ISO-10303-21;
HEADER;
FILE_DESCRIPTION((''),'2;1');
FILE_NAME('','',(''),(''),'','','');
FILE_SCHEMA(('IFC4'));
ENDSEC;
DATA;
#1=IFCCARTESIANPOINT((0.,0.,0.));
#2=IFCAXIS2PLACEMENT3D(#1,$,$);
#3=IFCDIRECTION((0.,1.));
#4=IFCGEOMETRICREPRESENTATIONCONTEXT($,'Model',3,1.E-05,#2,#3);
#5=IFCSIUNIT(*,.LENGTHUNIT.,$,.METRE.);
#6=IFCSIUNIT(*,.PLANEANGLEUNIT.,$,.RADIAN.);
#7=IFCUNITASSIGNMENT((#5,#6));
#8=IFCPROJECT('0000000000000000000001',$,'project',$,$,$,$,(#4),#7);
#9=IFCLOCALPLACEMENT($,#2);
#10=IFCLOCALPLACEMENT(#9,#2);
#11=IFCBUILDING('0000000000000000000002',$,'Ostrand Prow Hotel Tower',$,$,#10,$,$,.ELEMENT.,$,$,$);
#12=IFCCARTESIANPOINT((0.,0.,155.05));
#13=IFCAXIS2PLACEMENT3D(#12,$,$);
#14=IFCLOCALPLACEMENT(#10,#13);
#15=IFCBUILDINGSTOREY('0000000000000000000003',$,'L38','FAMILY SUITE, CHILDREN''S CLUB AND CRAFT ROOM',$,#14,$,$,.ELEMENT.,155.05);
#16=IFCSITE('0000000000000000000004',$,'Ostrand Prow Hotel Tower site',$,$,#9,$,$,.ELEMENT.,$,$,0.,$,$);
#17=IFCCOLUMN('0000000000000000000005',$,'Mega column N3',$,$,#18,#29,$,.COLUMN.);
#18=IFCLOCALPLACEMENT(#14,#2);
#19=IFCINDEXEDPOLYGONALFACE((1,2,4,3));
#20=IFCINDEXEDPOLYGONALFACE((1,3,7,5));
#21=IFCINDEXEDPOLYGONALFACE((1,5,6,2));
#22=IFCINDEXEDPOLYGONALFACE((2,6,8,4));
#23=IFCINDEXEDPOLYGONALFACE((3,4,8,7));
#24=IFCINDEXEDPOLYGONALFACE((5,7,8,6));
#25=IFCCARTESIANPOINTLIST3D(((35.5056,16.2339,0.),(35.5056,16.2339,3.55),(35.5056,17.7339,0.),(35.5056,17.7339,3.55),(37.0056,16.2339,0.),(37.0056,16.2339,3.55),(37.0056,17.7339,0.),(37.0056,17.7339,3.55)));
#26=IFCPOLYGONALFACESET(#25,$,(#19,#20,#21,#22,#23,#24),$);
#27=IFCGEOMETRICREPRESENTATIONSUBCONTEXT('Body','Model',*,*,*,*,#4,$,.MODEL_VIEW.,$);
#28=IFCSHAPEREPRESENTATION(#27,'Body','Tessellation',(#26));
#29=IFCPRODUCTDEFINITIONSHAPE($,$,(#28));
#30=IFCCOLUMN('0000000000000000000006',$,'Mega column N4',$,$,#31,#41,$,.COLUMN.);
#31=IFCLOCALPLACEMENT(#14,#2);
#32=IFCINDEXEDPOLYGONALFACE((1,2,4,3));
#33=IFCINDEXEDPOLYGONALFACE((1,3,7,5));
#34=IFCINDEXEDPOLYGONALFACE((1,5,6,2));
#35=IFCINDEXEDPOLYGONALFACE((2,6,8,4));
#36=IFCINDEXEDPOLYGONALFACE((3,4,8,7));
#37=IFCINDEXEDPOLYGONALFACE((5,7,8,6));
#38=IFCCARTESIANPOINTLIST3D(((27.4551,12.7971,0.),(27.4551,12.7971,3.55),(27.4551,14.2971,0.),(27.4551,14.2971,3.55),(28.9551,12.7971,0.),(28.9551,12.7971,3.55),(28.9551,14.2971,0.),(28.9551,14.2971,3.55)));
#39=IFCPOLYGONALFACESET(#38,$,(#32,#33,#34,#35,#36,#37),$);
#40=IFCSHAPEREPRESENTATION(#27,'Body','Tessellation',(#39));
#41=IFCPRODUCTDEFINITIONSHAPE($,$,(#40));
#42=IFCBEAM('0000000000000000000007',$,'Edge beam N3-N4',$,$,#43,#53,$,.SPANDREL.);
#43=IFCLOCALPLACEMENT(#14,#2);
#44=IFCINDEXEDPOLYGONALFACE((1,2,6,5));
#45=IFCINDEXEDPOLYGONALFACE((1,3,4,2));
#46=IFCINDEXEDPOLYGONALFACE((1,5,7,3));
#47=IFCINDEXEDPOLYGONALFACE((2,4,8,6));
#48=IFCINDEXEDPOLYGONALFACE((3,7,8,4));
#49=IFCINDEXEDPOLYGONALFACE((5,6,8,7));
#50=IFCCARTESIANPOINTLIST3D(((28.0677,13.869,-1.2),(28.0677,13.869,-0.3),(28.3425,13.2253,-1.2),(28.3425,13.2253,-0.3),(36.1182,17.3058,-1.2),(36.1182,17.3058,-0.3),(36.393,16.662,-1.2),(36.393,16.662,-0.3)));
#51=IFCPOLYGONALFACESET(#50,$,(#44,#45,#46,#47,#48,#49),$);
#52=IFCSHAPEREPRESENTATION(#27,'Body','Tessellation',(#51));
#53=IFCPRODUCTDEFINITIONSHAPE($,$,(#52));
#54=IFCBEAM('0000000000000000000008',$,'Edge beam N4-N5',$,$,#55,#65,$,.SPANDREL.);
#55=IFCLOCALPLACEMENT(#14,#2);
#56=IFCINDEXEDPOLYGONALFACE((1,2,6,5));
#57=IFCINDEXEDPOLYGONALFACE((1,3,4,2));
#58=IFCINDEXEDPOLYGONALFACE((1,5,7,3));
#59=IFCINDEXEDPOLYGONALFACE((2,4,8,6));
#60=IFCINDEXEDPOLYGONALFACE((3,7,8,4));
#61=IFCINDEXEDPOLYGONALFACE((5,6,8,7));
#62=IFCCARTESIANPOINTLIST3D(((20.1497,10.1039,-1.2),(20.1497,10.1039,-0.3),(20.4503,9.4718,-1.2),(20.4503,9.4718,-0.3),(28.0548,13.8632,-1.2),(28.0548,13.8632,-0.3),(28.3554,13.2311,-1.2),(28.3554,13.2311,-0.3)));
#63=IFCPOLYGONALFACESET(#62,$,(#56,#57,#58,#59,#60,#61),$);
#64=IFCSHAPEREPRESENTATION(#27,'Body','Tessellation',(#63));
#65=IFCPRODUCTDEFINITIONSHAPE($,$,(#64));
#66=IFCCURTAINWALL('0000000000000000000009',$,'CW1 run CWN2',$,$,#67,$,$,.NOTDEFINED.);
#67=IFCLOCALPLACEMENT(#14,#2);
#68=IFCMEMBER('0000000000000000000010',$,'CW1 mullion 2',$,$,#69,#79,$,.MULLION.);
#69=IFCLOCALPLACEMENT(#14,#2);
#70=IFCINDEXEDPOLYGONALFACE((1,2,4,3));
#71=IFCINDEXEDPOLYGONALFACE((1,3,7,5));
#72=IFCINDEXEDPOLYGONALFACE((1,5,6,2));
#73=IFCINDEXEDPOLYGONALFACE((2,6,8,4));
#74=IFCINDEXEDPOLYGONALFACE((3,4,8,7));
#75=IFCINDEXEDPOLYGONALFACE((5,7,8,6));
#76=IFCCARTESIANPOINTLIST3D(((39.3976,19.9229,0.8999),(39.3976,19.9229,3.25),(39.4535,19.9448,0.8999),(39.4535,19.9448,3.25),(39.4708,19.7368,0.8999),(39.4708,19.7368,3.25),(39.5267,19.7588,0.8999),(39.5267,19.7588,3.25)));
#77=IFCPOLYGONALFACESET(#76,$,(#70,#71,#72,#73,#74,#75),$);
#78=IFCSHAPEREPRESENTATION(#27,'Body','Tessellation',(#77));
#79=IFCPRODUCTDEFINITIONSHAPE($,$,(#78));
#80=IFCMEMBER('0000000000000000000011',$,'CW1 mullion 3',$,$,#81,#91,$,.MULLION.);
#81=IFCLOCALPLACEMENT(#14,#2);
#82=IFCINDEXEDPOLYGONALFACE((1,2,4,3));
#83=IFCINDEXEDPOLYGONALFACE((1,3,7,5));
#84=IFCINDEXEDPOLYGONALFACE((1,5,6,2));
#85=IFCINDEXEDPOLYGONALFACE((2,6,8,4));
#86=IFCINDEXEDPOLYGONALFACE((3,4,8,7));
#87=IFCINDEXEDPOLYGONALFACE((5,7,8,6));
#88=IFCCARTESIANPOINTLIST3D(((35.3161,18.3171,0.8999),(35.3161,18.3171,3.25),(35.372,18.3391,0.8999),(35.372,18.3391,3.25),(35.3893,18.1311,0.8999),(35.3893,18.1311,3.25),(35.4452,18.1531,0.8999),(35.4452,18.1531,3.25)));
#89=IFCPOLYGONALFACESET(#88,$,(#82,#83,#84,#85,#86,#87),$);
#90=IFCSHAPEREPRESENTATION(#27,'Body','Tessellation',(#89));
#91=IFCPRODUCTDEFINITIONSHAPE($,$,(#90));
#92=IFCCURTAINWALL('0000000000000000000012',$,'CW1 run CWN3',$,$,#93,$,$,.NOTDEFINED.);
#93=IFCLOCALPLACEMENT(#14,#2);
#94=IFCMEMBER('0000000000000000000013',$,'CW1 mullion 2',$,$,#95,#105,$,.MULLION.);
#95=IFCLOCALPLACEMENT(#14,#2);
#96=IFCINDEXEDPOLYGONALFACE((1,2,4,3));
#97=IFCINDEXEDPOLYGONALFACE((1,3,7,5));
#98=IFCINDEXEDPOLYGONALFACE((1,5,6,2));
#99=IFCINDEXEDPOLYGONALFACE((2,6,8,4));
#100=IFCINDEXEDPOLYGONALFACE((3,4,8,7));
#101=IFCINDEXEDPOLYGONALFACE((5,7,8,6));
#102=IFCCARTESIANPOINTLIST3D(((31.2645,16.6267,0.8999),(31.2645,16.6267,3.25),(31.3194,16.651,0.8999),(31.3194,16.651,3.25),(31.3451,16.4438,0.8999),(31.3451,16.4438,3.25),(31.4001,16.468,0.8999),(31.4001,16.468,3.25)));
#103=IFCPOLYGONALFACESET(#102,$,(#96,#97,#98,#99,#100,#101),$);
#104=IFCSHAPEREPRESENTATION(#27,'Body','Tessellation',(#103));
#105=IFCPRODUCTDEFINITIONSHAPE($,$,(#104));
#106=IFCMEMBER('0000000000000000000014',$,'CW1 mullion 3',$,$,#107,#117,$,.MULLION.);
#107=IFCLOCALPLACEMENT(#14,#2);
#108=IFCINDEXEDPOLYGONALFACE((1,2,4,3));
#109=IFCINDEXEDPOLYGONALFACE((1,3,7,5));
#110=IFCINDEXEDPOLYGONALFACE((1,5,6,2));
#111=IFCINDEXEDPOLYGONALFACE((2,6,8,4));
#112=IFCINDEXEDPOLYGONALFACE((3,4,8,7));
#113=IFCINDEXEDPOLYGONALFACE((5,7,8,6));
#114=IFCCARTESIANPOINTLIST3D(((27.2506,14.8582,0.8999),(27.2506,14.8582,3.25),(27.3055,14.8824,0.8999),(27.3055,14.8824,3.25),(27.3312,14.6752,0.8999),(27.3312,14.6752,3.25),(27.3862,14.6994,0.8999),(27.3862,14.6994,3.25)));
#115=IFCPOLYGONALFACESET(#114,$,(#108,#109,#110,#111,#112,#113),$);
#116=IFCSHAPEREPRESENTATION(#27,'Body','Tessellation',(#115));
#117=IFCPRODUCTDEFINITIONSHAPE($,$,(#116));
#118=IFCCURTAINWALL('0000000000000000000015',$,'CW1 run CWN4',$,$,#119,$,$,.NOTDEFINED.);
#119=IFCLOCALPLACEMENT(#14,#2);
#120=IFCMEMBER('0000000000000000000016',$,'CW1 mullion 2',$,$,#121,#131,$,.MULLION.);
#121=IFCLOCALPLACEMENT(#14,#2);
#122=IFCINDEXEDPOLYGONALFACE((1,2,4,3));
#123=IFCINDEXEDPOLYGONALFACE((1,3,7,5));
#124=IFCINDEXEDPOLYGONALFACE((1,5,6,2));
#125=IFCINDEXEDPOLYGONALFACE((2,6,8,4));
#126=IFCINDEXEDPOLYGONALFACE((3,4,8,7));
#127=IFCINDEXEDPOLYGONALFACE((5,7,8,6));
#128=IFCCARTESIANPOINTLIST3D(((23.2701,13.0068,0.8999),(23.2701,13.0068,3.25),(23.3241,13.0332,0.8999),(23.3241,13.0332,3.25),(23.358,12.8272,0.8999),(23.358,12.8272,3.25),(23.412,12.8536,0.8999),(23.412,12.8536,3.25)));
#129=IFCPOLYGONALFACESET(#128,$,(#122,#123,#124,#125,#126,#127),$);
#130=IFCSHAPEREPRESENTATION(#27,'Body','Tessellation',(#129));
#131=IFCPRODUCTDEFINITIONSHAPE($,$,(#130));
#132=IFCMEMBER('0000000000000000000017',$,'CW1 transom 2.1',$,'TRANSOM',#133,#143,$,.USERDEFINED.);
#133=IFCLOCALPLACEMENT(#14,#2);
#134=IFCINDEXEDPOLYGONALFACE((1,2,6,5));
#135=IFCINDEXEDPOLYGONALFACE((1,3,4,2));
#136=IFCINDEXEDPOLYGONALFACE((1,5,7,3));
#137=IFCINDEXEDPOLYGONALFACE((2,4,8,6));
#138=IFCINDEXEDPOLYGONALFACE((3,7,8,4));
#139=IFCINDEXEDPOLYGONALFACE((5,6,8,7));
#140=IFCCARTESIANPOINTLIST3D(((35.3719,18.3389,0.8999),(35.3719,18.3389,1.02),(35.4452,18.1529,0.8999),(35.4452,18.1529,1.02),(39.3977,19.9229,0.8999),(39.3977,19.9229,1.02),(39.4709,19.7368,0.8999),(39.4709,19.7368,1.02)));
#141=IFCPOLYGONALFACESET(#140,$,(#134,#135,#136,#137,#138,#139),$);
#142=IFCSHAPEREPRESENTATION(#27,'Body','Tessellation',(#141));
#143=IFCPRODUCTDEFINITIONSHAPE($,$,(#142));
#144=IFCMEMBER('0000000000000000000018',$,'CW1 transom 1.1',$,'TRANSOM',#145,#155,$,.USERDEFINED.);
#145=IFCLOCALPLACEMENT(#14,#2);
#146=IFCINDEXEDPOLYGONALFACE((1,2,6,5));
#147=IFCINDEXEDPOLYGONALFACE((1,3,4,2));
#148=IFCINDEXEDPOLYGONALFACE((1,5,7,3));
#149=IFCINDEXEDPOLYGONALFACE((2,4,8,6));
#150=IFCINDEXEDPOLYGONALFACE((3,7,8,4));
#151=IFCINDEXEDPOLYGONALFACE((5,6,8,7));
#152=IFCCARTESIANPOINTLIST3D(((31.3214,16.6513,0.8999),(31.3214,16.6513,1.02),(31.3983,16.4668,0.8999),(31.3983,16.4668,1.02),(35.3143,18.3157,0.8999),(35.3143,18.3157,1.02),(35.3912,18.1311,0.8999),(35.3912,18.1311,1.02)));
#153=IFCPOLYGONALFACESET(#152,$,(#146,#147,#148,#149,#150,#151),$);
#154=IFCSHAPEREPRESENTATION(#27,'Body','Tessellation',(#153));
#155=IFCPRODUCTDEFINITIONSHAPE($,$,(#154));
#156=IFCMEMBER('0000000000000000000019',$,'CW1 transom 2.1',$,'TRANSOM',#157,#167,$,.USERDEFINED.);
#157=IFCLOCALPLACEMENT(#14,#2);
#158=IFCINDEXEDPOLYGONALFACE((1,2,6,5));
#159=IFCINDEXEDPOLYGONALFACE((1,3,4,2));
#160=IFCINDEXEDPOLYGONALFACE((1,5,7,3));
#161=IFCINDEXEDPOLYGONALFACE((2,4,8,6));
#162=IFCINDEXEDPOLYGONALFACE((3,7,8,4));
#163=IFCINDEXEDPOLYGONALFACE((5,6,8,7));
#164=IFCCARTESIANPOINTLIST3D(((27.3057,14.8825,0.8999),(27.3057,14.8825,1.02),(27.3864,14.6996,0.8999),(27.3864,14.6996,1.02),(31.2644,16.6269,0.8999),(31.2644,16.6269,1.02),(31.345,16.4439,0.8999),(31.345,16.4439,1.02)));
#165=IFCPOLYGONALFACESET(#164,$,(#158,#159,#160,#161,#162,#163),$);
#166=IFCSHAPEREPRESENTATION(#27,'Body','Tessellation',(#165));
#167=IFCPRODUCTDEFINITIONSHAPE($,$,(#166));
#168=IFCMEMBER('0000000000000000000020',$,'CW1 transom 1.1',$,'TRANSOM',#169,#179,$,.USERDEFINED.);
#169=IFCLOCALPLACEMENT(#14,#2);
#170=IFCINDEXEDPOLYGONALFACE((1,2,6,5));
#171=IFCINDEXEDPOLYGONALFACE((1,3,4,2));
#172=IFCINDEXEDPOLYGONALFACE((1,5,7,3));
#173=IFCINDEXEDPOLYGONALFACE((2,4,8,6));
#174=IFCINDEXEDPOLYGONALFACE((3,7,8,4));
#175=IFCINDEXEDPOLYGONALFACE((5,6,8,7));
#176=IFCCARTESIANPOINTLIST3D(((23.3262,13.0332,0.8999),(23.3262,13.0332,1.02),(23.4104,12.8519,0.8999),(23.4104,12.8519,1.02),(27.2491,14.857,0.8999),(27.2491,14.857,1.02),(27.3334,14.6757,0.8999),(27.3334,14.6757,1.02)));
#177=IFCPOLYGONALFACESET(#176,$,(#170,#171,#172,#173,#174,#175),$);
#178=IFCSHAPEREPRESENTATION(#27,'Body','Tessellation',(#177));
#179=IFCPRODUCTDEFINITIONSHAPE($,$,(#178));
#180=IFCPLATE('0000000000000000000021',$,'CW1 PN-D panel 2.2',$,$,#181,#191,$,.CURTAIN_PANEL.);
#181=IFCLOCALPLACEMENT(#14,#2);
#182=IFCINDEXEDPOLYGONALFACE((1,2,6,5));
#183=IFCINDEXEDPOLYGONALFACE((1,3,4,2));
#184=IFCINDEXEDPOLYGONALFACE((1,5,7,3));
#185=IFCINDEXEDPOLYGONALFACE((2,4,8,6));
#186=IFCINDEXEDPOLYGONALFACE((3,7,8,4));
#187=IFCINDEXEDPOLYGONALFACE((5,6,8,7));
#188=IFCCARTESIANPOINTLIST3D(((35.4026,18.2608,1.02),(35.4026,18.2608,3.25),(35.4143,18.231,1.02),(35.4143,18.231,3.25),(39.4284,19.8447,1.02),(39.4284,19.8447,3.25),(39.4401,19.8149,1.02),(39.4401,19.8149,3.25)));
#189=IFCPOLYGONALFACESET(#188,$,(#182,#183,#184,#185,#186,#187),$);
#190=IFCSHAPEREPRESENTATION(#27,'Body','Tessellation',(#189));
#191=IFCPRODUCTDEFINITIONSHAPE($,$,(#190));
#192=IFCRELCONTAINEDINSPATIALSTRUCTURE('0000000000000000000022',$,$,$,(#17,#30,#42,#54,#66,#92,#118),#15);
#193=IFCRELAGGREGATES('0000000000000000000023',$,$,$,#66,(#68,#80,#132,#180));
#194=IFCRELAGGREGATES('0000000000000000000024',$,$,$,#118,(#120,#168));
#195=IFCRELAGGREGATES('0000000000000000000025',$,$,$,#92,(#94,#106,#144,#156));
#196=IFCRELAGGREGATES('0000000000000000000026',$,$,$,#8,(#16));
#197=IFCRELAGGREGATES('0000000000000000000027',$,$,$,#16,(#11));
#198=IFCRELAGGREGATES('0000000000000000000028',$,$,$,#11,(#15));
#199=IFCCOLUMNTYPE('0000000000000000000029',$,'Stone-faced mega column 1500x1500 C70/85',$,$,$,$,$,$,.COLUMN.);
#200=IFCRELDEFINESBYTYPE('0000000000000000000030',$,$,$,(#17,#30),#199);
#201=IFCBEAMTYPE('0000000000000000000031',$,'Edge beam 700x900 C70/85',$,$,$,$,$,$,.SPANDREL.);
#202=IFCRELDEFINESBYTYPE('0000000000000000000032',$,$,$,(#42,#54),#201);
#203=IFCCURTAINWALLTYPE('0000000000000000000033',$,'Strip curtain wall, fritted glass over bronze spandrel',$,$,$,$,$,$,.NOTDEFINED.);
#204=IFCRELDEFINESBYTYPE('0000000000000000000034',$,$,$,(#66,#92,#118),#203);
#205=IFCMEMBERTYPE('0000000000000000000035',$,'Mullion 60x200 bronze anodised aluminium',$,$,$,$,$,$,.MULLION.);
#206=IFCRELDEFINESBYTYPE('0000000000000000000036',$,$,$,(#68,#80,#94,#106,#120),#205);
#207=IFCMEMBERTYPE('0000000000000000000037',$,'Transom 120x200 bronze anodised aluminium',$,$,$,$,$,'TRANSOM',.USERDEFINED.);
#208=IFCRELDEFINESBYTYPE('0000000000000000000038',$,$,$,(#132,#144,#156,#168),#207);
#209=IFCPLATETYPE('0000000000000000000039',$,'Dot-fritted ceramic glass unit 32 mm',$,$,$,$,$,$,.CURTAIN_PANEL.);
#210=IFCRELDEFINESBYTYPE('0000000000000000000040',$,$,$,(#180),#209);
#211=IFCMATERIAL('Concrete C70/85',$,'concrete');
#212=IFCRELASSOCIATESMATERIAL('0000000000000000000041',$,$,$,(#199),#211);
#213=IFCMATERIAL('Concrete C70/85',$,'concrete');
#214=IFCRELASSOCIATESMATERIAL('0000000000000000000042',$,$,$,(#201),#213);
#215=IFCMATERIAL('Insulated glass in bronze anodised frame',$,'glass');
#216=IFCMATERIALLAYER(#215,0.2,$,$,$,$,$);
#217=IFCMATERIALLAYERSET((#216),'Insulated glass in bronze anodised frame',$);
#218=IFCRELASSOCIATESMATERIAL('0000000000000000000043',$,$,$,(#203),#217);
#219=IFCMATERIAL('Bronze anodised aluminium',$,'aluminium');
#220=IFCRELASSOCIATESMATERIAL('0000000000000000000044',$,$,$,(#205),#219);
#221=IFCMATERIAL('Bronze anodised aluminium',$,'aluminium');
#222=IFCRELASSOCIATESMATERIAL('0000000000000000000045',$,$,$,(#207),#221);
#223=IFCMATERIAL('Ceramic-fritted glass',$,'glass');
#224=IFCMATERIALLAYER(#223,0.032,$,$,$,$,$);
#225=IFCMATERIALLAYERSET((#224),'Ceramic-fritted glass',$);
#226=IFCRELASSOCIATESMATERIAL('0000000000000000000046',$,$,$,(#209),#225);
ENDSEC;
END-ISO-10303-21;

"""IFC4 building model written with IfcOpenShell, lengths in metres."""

from ifc_helpers import new_model, si_unit, direction, frame, origin, origin_2d, place, context, subcontext, project, spatial, rectangle, extrude, material, layer, layer_set, material_profile, profile_set, type_object, element, aggregate, save


model = new_model("IFC4")

# Units and contexts
model_context = context("Model", 3, precision=1e-05, world=origin(), true_north=direction((0.0, 1.0)))
body_context = subcontext(model_context, "Body", "Model", "MODEL_VIEW")
ifc_project = project(units=[si_unit("LENGTHUNIT", "METRE"), si_unit("PLANEANGLEUNIT", "RADIAN")], contexts=[model_context])

# Site, building, storey
site_placement = place(None, origin())
site = spatial("IfcSite", under=ifc_project, at=site_placement, Name="Ostrand Prow Hotel Tower site", CompositionType="ELEMENT", RefElevation=0.0)
building_placement = place(site_placement, origin())
building = spatial("IfcBuilding", under=site, at=building_placement, Name="Ostrand Prow Hotel Tower", CompositionType="ELEMENT")
storey_placement = place(building_placement, frame((0.0, 0.0, 155.05)))
storey = spatial("IfcBuildingStorey", under=building, at=storey_placement, Name="L38", Description="FAMILY SUITE, CHILDREN'S CLUB AND CRAFT ROOM", CompositionType="ELEMENT", Elevation=155.05)

# Columns
ifc_material_1 = material(Name="Concrete C70/85", Category="concrete")
ifc_material_profile_1 = material_profile(ifc_material_1, rectangle(XDim=1.5, YDim=1.5, at=origin_2d()), Name="RC 1500x1500")
ifc_profile_set_1 = profile_set([ifc_material_profile_1], Name="Concrete C70/85")
column_type = type_object("IfcColumnType", Name="Stone-faced mega column 1500x1500 C70/85", PredefinedType="COLUMN", material=ifc_profile_set_1)
for number, where, z_axis, x_axis, name in (
    (1, (36.2556, 16.9839, 0.0), (0.0, 0.0, 1.0), (1.0, 0.0, 0.0), "Mega column N3"),
    (2, (28.2051, 13.5471, 0.0), (0.0, 0.0, 1.0), (1.0, 0.0, 0.0), "Mega column N4"),
):
    element("IfcColumn", number, at=place(storey_placement, frame(where, z_axis=z_axis, x_axis=x_axis)), inside=storey, type_object=column_type, Name=name, PredefinedType="COLUMN", context=body_context, shape_type="SweptSolid", body=[
        extrude(rectangle(XDim=1.5, YDim=1.5, at=origin_2d()), origin(), (0.0, 0.0, 1.0), 3.55),
    ])

# Beams
ifc_material_2 = material(Name="Concrete C70/85", Category="concrete")
ifc_material_profile_2 = material_profile(ifc_material_2, rectangle(XDim=0.7, YDim=0.8999, at=origin_2d()), Name="RC 700x900")
ifc_profile_set_2 = profile_set([ifc_material_profile_2], Name="Concrete C70/85")
beam_type = type_object("IfcBeamType", Name="Edge beam 700x900 C70/85", PredefinedType="SPANDREL", material=ifc_profile_set_2)
for number, where, z_axis, x_axis, name in (
    (3, (36.2556, 16.9839, -0.75), (-0.919701, -0.39262, 0.0), (0.39262, -0.919701, 0.0), "Edge beam N3-N4"),
    (4, (28.2051, 13.5471, -0.75), (-0.903083, -0.429466, 0.0), (0.429466, -0.903083, 0.0), "Edge beam N4-N5"),
):
    element("IfcBeam", number, at=place(storey_placement, frame(where, z_axis=z_axis, x_axis=x_axis)), inside=storey, type_object=beam_type, Name=name, PredefinedType="SPANDREL", context=body_context, shape_type="SweptSolid", body=[
        extrude(rectangle(XDim=0.7, YDim=0.8999, at=origin_2d()), origin(), (0.0, 0.0, 1.0), 8.7534),
    ])

# Curtain walls, members
ifc_material_3 = material(Name="Insulated glass in bronze anodised frame", Category="glass")
ifc_layer_1 = layer(ifc_material_3, 0.2)
ifc_layer_set_1 = layer_set([ifc_layer_1], Name="Insulated glass in bronze anodised frame")
curtain_wall_type = type_object("IfcCurtainWallType", Name="Strip curtain wall, fritted glass over bronze spandrel", PredefinedType="NOTDEFINED", material=ifc_layer_set_1)
curtain_wall_1_placement = place(storey_placement, origin())
curtain_wall_1 = element("IfcCurtainWall", 5, at=curtain_wall_1_placement, inside=storey, type_object=curtain_wall_type, Name="CW1 run CWN2", PredefinedType="NOTDEFINED")
ifc_material_4 = material(Name="Bronze anodised aluminium", Category="aluminium")
ifc_material_profile_3 = material_profile(ifc_material_4, rectangle(XDim=0.2, YDim=0.0601, at=origin_2d()), Name="Mullion 60x200 bronze anodised aluminium")
ifc_profile_set_3 = profile_set([ifc_material_profile_3], Name="Bronze anodised aluminium")
member_type_1 = type_object("IfcMemberType", Name="Mullion 60x200 bronze anodised aluminium", PredefinedType="MULLION", material=ifc_profile_set_3)
member_1_placement = place(storey_placement, frame((39.4622, 19.8408, 0.8999), z_axis=(0.0, 0.0, 1.0), x_axis=(0.366116, -0.930569, 0.0)))
member_1 = element("IfcMember", 6, at=member_1_placement, type_object=member_type_1, Name="CW1 mullion 2", PredefinedType="MULLION", context=body_context, shape_type="SweptSolid", body=[
    extrude(rectangle(XDim=0.2, YDim=0.0601, at=origin_2d()), origin(), (0.0, 0.0, 1.0), 2.3501),
])
member_2_placement = place(storey_placement, frame((35.3806, 18.2351, 0.8999), z_axis=(0.0, 0.0, 1.0), x_axis=(0.366116, -0.930569, 0.0)))
member_2 = element("IfcMember", 7, at=member_2_placement, type_object=member_type_1, Name="CW1 mullion 3", PredefinedType="MULLION", context=body_context, shape_type="SweptSolid", body=[
    extrude(rectangle(XDim=0.2, YDim=0.0601, at=origin_2d()), origin(), (0.0, 0.0, 1.0), 2.3501),
])
curtain_wall_2_placement = place(storey_placement, origin())
curtain_wall_2 = element("IfcCurtainWall", 8, at=curtain_wall_2_placement, inside=storey, type_object=curtain_wall_type, Name="CW1 run CWN3", PredefinedType="NOTDEFINED")
member_3_placement = place(storey_placement, frame((31.3323, 16.5474, 0.8999), z_axis=(0.0, 0.0, 1.0), x_axis=(0.403213, -0.915106, 0.0)))
member_3 = element("IfcMember", 9, at=member_3_placement, type_object=member_type_1, Name="CW1 mullion 2", PredefinedType="MULLION", context=body_context, shape_type="SweptSolid", body=[
    extrude(rectangle(XDim=0.2, YDim=0.0601, at=origin_2d()), origin(), (0.0, 0.0, 1.0), 2.3501),
])
member_4_placement = place(storey_placement, frame((27.3184, 14.7788, 0.8999), z_axis=(0.0, 0.0, 1.0), x_axis=(0.403213, -0.915106, 0.0)))
member_4 = element("IfcMember", 10, at=member_4_placement, type_object=member_type_1, Name="CW1 mullion 3", PredefinedType="MULLION", context=body_context, shape_type="SweptSolid", body=[
    extrude(rectangle(XDim=0.2, YDim=0.0601, at=origin_2d()), origin(), (0.0, 0.0, 1.0), 2.3501),
])

# Curtain wall, member
curtain_wall_3_placement = place(storey_placement, origin())
curtain_wall_3 = element("IfcCurtainWall", 11, at=curtain_wall_3_placement, inside=storey, type_object=curtain_wall_type, Name="CW1 run CWN4", PredefinedType="NOTDEFINED")
member_5_placement = place(storey_placement, frame((23.3411, 12.9302, 0.8999), z_axis=(0.0, 0.0, 1.0), x_axis=(0.439659, -0.898165, 0.0)))
member_5 = element("IfcMember", 12, at=member_5_placement, type_object=member_type_1, Name="CW1 mullion 2", PredefinedType="MULLION", context=body_context, shape_type="SweptSolid", body=[
    extrude(rectangle(XDim=0.2, YDim=0.0601, at=origin_2d()), origin(), (0.0, 0.0, 1.0), 2.3501),
])

# Members
ifc_material_5 = material(Name="Bronze anodised aluminium", Category="aluminium")
ifc_material_profile_4 = material_profile(ifc_material_5, rectangle(XDim=0.2, YDim=0.1201, at=origin_2d()), Name="Transom 120x200 bronze anodised aluminium")
ifc_profile_set_4 = profile_set([ifc_material_profile_4], Name="Bronze anodised aluminium")
member_type_2 = type_object("IfcMemberType", Name="Transom 120x200 bronze anodised aluminium", ElementType="TRANSOM", PredefinedType="USERDEFINED", material=ifc_profile_set_4)
member_6_placement = place(storey_placement, frame((39.4343, 19.8298, 0.96), z_axis=(-0.930563, -0.366131, 0.0), x_axis=(0.366131, -0.930563, 0.0)))
member_6 = element("IfcMember", 13, at=member_6_placement, type_object=member_type_2, Name="CW1 transom 2.1", ObjectType="TRANSOM", PredefinedType="USERDEFINED", context=body_context, shape_type="SweptSolid", body=[
    extrude(rectangle(XDim=0.2, YDim=0.1201, at=origin_2d()), origin(), (0.0, 0.0, 1.0), 4.3262),
])
member_7_placement = place(storey_placement, frame((35.3528, 18.2234, 0.96), z_axis=(-0.923028, -0.384732, 0.0), x_axis=(0.384732, -0.923028, 0.0)))
member_7 = element("IfcMember", 14, at=member_7_placement, type_object=member_type_2, Name="CW1 transom 1.1", ObjectType="TRANSOM", PredefinedType="USERDEFINED", context=body_context, shape_type="SweptSolid", body=[
    extrude(rectangle(XDim=0.2, YDim=0.1201, at=origin_2d()), origin(), (0.0, 0.0, 1.0), 4.3259),
])
member_8_placement = place(storey_placement, frame((31.3047, 16.5354, 0.96), z_axis=(-0.915099, -0.40323, 0.0), x_axis=(0.40323, -0.915099, 0.0)))
member_8 = element("IfcMember", 15, at=member_8_placement, type_object=member_type_2, Name="CW1 transom 2.1", ObjectType="TRANSOM", PredefinedType="USERDEFINED", context=body_context, shape_type="SweptSolid", body=[
    extrude(rectangle(XDim=0.2, YDim=0.1201, at=origin_2d()), origin(), (0.0, 0.0, 1.0), 4.3259),
])
member_9_placement = place(storey_placement, frame((27.2913, 14.7664, 0.96), z_axis=(-0.906796, -0.421569, 0.0), x_axis=(0.421569, -0.906796, 0.0)))
member_9 = element("IfcMember", 16, at=member_9_placement, type_object=member_type_2, Name="CW1 transom 1.1", ObjectType="TRANSOM", PredefinedType="USERDEFINED", context=body_context, shape_type="SweptSolid", body=[
    extrude(rectangle(XDim=0.2, YDim=0.1201, at=origin_2d()), origin(), (0.0, 0.0, 1.0), 4.3262),
])

# Plate
ifc_material_6 = material(Name="Ceramic-fritted glass", Category="glass")
ifc_layer_2 = layer(ifc_material_6, 0.032)
ifc_layer_set_2 = layer_set([ifc_layer_2], Name="Ceramic-fritted glass")
plate_type_1 = type_object("IfcPlateType", Name="Dot-fritted ceramic glass unit 32 mm", PredefinedType="CURTAIN_PANEL", material=ifc_layer_set_2)
plate_1_placement = place(storey_placement, frame((37.4214, 19.0378, 1.02), z_axis=(0.0, 0.0, 1.0), x_axis=(-0.930569, -0.366116, 0.0)))
plate_1 = element("IfcPlate", 17, at=plate_1_placement, type_object=plate_type_1, Name="CW1 PN-D panel 2.2", PredefinedType="CURTAIN_PANEL", context=body_context, shape_type="SweptSolid", body=[
    extrude(rectangle(XDim=4.3262, YDim=0.032, at=origin_2d()), origin(), (0.0, 0.0, 1.0), 2.23),
])
aggregate(curtain_wall_1, [member_1, member_2, member_6, plate_1])
aggregate(curtain_wall_3, [member_5, member_9])
aggregate(curtain_wall_2, [member_3, member_4, member_7, member_8])

save(model, "model.ifc")
